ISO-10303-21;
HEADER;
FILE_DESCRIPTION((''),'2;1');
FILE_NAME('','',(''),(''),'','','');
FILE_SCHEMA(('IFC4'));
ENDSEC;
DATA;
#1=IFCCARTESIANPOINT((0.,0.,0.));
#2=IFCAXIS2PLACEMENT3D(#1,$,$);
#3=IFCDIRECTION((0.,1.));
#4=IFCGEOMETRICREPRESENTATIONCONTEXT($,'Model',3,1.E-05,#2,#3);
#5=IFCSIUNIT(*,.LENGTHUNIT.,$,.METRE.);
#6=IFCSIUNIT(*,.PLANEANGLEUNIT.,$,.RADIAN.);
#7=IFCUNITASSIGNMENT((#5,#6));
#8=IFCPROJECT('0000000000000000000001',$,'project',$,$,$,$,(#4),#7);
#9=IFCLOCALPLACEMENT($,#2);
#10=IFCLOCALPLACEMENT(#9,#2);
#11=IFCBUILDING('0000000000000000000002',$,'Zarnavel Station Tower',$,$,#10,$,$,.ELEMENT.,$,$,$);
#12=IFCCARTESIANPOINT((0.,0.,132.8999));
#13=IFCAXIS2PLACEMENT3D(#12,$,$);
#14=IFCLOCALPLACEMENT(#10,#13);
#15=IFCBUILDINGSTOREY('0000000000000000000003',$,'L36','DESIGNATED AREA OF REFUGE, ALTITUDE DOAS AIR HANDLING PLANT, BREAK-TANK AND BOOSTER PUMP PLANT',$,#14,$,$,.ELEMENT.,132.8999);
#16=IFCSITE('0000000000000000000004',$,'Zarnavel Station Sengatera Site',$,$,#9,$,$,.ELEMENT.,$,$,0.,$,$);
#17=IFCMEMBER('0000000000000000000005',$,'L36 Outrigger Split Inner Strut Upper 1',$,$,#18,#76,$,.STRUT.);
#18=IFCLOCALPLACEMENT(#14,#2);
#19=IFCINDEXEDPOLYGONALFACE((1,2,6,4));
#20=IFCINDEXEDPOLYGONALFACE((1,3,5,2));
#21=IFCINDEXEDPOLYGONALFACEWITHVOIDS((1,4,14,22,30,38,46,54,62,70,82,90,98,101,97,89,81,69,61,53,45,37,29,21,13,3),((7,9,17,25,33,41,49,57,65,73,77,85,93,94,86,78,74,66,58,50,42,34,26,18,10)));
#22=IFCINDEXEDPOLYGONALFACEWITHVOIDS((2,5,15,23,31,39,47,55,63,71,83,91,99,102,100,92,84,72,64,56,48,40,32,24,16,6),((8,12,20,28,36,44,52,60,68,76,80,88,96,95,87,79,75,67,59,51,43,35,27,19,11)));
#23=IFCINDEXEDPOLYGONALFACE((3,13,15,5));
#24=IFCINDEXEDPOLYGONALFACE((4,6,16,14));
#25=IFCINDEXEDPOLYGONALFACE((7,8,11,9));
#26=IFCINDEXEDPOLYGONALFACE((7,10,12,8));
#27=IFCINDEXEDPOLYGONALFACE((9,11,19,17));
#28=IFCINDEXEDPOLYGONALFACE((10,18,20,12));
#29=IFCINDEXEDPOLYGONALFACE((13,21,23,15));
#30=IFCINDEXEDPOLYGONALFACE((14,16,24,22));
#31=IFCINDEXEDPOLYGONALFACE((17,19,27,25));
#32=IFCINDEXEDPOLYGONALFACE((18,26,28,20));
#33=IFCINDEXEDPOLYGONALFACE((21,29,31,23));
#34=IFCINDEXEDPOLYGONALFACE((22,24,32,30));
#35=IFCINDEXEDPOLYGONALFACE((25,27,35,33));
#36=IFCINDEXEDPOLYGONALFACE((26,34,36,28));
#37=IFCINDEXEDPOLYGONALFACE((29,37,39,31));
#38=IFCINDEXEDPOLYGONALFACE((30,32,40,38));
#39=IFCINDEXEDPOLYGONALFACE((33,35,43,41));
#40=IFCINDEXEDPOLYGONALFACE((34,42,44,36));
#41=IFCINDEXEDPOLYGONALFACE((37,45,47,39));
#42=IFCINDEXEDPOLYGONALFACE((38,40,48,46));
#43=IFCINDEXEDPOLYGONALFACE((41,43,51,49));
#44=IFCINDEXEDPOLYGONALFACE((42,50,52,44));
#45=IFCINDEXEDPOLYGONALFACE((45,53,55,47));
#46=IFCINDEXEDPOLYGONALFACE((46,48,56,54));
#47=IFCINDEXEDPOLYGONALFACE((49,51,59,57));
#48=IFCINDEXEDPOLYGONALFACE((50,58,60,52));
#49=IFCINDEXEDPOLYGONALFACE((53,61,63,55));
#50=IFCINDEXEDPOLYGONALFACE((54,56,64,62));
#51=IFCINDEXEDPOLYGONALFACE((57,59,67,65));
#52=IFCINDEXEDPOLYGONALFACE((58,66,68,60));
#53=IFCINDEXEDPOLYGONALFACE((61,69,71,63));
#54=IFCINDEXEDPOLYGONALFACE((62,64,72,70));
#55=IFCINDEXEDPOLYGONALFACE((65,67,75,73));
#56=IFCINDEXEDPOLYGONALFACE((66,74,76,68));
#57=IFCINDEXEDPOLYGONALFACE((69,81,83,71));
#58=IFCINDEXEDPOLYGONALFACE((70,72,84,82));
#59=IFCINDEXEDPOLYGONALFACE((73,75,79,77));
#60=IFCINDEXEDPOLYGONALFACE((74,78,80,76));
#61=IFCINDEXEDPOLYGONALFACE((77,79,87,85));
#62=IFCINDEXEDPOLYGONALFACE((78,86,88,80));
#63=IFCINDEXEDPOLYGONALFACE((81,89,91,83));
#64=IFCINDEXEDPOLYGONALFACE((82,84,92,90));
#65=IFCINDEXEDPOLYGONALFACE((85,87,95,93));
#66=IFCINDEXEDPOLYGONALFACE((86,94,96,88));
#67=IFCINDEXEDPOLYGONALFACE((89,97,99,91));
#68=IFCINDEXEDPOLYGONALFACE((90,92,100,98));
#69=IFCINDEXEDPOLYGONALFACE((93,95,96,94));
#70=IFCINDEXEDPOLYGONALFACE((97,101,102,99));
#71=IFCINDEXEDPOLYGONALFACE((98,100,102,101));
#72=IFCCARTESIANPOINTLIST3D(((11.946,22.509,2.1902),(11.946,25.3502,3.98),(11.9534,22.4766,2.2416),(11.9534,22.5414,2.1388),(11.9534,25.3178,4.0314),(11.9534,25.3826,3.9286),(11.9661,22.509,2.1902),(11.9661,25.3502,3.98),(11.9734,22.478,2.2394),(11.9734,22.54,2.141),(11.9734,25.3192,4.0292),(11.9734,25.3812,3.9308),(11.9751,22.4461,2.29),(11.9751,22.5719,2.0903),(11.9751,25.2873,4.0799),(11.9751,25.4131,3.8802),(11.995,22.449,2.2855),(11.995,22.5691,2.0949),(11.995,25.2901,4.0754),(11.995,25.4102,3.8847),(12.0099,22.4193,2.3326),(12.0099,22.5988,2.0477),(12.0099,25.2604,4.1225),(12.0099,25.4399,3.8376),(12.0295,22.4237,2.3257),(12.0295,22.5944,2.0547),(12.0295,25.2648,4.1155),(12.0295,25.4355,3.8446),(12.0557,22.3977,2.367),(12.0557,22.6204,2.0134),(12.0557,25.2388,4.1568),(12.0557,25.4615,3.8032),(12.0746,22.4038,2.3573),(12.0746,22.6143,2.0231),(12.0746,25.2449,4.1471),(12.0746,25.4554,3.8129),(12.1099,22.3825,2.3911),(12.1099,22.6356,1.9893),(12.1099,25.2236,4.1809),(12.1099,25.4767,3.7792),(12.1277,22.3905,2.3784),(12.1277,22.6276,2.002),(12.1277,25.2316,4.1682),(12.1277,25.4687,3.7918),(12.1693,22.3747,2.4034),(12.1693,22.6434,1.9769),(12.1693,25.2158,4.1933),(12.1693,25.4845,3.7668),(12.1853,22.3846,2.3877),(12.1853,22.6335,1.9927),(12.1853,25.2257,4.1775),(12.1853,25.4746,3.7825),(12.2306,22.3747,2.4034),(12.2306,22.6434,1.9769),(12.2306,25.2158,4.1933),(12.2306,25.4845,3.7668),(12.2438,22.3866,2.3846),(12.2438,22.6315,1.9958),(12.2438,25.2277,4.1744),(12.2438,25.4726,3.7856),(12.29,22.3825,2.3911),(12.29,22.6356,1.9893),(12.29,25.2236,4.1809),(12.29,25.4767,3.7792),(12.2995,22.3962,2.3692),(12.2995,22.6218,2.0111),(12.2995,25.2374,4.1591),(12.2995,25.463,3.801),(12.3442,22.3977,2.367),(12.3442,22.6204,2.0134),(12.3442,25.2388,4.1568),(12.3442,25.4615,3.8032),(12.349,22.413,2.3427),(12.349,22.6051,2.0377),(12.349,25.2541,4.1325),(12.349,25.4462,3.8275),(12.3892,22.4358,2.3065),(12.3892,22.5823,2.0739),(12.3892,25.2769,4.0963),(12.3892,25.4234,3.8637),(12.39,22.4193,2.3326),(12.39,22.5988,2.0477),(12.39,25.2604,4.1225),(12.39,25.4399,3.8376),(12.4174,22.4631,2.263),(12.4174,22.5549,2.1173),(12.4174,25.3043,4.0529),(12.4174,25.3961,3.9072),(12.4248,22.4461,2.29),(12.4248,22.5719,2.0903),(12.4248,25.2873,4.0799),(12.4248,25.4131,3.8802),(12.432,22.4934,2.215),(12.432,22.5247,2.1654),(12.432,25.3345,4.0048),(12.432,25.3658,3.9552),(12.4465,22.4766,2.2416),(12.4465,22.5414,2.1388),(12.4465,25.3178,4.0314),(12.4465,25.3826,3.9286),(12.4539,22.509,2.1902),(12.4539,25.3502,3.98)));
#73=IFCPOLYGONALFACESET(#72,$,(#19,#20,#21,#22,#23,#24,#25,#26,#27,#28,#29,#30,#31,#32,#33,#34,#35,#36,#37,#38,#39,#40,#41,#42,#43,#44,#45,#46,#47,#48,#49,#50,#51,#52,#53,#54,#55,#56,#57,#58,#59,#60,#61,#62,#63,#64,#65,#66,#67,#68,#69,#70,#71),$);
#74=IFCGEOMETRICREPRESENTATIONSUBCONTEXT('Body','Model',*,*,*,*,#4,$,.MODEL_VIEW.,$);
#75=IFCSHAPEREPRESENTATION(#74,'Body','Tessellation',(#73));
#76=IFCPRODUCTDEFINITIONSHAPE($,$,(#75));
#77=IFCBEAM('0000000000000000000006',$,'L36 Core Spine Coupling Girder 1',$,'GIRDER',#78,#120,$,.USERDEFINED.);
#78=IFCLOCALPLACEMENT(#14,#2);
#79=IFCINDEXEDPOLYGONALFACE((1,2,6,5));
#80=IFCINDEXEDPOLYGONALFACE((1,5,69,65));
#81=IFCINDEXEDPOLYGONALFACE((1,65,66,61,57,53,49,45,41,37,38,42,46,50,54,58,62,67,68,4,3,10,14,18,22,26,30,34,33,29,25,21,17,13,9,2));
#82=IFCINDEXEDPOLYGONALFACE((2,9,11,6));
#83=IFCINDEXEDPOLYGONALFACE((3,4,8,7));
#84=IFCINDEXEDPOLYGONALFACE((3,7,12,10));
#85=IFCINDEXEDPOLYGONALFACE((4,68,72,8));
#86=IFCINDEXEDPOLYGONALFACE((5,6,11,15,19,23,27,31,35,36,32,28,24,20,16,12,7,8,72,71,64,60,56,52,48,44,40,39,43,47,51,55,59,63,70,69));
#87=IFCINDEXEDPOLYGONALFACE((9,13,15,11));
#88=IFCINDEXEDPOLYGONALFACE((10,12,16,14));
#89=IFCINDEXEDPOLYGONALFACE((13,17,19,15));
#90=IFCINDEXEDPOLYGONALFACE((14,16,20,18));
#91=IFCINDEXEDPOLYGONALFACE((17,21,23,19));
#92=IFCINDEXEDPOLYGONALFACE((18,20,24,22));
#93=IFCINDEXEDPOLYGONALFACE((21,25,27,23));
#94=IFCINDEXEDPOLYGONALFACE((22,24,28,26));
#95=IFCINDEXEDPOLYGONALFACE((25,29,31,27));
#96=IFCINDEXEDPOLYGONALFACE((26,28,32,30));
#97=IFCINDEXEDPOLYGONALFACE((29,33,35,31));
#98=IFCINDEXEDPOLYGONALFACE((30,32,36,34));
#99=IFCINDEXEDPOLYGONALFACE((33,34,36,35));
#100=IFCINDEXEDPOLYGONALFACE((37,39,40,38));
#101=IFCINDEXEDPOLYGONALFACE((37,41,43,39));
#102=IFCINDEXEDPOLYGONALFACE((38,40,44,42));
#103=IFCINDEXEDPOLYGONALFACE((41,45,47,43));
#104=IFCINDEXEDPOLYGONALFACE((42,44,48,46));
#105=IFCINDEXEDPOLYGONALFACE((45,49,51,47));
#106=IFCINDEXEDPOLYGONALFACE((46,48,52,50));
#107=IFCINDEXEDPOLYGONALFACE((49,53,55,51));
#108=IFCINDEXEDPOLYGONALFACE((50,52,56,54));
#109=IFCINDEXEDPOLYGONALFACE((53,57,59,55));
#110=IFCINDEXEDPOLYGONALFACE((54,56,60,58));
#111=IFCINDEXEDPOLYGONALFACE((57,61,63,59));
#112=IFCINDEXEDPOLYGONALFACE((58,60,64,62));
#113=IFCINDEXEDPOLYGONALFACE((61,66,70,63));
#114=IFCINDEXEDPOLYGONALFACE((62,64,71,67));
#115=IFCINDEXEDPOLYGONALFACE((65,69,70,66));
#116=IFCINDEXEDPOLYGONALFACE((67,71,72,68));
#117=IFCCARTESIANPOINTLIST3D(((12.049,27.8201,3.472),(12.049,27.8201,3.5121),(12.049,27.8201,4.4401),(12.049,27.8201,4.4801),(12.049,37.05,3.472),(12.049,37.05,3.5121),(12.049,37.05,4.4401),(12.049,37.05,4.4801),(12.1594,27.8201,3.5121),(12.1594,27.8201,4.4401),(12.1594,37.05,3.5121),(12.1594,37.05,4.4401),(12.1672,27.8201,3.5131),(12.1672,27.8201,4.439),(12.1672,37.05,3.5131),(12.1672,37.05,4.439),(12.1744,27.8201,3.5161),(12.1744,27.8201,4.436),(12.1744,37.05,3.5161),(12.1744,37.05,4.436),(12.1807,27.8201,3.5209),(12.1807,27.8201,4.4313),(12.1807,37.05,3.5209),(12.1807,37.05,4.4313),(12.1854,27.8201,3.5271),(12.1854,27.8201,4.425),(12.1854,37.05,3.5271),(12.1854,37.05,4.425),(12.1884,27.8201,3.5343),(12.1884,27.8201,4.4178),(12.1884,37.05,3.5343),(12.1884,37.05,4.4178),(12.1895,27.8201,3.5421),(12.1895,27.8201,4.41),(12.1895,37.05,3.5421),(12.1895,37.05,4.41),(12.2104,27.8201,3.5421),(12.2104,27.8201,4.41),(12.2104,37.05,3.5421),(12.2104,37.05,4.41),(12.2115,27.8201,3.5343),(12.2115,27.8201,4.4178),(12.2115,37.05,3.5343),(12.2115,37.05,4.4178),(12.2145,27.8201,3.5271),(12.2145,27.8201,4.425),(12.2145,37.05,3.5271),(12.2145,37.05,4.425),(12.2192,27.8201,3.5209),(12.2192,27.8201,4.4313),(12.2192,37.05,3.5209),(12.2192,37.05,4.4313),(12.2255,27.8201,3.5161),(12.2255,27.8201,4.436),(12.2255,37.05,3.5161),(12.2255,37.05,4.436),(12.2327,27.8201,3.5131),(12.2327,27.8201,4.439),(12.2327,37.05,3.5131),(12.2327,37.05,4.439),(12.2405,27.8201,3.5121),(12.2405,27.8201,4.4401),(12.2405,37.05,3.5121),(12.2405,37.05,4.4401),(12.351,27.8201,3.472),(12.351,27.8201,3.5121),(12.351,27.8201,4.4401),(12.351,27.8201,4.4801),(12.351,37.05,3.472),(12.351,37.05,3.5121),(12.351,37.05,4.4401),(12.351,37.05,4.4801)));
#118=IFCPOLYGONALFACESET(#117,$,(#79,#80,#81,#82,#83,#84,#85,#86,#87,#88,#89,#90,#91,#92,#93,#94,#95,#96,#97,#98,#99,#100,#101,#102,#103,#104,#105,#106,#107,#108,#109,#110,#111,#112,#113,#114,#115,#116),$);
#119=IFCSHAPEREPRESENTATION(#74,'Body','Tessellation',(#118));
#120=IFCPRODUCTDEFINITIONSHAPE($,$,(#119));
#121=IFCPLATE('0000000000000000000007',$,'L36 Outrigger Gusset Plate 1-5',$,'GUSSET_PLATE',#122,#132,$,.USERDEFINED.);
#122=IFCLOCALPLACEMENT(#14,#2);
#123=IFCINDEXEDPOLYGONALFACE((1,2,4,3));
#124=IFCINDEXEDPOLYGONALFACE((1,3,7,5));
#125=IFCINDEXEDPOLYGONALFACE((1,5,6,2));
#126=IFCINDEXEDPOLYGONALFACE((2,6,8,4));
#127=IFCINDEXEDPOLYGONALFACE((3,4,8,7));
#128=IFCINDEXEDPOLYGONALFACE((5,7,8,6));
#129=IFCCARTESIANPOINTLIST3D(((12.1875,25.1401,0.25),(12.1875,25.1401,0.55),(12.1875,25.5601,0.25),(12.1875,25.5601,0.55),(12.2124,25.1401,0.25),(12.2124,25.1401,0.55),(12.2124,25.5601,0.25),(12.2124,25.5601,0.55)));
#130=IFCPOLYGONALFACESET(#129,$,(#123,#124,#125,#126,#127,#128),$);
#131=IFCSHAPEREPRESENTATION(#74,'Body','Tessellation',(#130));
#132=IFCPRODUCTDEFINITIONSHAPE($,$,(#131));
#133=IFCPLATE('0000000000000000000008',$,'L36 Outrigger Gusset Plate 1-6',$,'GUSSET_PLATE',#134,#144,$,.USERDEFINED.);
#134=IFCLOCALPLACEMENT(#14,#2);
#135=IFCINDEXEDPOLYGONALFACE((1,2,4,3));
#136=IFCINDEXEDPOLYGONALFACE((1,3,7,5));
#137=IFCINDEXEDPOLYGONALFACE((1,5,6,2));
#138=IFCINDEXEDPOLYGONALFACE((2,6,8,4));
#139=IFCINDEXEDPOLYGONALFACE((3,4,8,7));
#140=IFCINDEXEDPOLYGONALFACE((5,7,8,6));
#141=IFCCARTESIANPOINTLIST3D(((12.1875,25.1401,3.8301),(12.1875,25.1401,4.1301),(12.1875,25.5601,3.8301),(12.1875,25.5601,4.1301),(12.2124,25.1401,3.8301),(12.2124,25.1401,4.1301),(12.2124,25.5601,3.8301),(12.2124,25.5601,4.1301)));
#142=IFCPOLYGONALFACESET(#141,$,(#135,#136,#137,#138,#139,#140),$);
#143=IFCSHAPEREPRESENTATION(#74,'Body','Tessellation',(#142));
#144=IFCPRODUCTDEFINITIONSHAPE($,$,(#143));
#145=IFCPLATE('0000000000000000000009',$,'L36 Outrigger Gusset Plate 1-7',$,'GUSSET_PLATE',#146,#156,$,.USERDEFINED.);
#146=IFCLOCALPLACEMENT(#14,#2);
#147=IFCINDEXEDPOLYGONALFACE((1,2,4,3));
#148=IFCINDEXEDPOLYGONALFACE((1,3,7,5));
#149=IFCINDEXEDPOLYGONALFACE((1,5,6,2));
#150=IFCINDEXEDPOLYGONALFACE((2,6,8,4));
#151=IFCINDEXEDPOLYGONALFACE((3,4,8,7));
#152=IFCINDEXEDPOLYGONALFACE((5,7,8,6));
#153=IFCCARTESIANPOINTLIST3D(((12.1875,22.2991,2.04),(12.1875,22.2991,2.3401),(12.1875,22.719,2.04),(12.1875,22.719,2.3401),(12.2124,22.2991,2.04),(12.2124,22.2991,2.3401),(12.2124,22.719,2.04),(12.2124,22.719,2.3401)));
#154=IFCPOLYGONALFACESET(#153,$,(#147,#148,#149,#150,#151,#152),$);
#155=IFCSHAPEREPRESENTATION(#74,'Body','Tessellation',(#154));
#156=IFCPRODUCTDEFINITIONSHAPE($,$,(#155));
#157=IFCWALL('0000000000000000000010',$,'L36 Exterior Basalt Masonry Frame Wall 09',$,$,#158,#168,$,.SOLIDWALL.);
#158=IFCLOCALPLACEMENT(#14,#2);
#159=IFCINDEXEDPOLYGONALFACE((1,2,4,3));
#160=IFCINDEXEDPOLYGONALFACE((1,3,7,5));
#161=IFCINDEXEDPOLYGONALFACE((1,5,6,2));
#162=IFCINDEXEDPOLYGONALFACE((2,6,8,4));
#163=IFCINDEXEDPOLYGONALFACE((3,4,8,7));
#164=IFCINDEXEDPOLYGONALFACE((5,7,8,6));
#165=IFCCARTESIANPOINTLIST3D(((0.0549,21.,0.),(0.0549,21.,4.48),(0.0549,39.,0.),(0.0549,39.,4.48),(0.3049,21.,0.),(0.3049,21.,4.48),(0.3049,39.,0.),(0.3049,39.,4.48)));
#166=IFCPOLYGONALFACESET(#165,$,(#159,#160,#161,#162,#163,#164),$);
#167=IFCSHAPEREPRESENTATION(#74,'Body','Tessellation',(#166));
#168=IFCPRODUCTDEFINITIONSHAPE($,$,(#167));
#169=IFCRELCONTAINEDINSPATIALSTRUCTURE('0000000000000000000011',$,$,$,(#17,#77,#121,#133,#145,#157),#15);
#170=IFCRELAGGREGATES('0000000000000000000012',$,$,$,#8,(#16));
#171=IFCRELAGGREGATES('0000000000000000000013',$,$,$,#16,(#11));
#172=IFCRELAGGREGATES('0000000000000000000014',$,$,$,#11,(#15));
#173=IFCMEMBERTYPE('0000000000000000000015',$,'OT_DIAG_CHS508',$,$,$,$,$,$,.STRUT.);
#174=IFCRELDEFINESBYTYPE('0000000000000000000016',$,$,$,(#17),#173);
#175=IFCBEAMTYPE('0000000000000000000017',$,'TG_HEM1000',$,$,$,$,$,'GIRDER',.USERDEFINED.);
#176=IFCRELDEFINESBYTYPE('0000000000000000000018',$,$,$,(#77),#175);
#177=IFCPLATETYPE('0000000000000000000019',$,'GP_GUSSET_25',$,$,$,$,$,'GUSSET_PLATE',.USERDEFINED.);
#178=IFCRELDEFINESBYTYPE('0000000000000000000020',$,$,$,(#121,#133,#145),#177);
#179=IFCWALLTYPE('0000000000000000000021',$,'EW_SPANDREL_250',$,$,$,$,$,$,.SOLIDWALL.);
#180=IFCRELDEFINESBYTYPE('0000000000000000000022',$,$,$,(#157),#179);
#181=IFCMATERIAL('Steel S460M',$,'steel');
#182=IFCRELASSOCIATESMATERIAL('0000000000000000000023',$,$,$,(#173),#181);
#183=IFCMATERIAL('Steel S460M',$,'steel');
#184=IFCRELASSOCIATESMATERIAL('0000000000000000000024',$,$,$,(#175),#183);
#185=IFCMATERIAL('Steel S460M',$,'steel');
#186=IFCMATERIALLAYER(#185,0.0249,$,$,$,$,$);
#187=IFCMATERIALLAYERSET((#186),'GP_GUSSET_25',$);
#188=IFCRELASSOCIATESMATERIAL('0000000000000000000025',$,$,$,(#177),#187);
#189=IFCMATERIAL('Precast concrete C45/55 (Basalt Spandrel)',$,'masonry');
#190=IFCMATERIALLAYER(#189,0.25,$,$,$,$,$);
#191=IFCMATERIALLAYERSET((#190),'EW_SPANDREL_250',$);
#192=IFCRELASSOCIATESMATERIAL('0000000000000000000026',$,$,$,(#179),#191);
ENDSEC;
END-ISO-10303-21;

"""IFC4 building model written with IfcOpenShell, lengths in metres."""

from ifc_helpers import new_model, si_unit, direction, frame, frame_2d, origin, origin_2d, place, context, subcontext, project, spatial, rectangle, hollow_circle, i_section, extrude, material, layer, layer_set, material_profile, profile_set, type_object, element, save


model = new_model("IFC4")

# Units and contexts
model_context = context("Model", 3, precision=1e-05, world=origin(), true_north=direction((0.0, 1.0)))
body_context = subcontext(model_context, "Body", "Model", "MODEL_VIEW")
ifc_project = project(units=[si_unit("LENGTHUNIT", "METRE"), si_unit("PLANEANGLEUNIT", "RADIAN")], contexts=[model_context])

# Site, building, storey
site_placement = place(None, origin())
site = spatial("IfcSite", under=ifc_project, at=site_placement, Name="Zarnavel Station Sengatera Site", CompositionType="ELEMENT", RefElevation=0.0)
building_placement = place(site_placement, origin())
building = spatial("IfcBuilding", under=site, at=building_placement, Name="Zarnavel Station Tower", CompositionType="ELEMENT")
storey_placement = place(building_placement, frame((0.0, 0.0, 132.8999)))
storey = spatial("IfcBuildingStorey", under=building, at=storey_placement, Name="L36", Description="DESIGNATED AREA OF REFUGE, ALTITUDE DOAS AIR HANDLING PLANT, BREAK-TANK AND BOOSTER PUMP PLANT", CompositionType="ELEMENT", Elevation=132.8999)

# Member
ifc_material_1 = material(Name="Steel S460M", Category="steel")
ifc_material_profile_1 = material_profile(ifc_material_1, hollow_circle(Radius=0.2539, WallThickness=0.02, at=origin_2d()), Name="CHS508x20")
ifc_profile_set_1 = profile_set([ifc_material_profile_1], Name="Steel S460M")
member_type = type_object("IfcMemberType", Name="OT_DIAG_CHS508", PredefinedType="STRUT", material=ifc_profile_set_1)
member_1_placement = place(storey_placement, frame((12.2, 22.509, 2.1902), z_axis=(0.0, 0.846102, 0.533022), x_axis=(-1.0, 0.0, 0.0)))
element("IfcMember", 1, at=member_1_placement, inside=storey, type_object=member_type, Name="L36 Outrigger Split Inner Strut Upper 1", PredefinedType="STRUT", context=body_context, shape_type="SweptSolid", body=[
    extrude(hollow_circle(Radius=0.2539, WallThickness=0.02, at=origin_2d()), origin(), (0.0, 0.0, 1.0), 3.3579),
])

# Beam
ifc_material_2 = material(Name="Steel S460M", Category="steel")
ifc_material_profile_2 = material_profile(ifc_material_2, i_section(OverallWidth=0.302, OverallDepth=1.0081, WebThickness=0.021, FlangeThickness=0.04, FilletRadius=0.03, at=origin_2d()), Name="HEM1000")
ifc_profile_set_2 = profile_set([ifc_material_profile_2], Name="Steel S460M")
beam_type_1 = type_object("IfcBeamType", Name="TG_HEM1000", ElementType="GIRDER", PredefinedType="USERDEFINED", material=ifc_profile_set_2)
beam_1_placement = place(storey_placement, frame((12.2, 27.8201, 3.9761), z_axis=(0.0, 1.0, 0.0), x_axis=(-1.0, 0.0, 0.0)))
element("IfcBeam", 2, at=beam_1_placement, inside=storey, type_object=beam_type_1, Name="L36 Core Spine Coupling Girder 1", ObjectType="GIRDER", PredefinedType="USERDEFINED", context=body_context, shape_type="SweptSolid", body=[
    extrude(i_section(OverallWidth=0.302, OverallDepth=1.0081, WebThickness=0.021, FlangeThickness=0.04, FilletRadius=0.03, at=origin_2d()), origin(), (0.0, 0.0, 1.0), 9.23),
])

# Plates
ifc_material_3 = material(Name="Steel S460M", Category="steel")
ifc_layer_1 = layer(ifc_material_3, 0.0249)
ifc_layer_set_1 = layer_set([ifc_layer_1], Name="GP_GUSSET_25")
plate_type = type_object("IfcPlateType", Name="GP_GUSSET_25", ElementType="GUSSET_PLATE", PredefinedType="USERDEFINED", material=ifc_layer_set_1)
for number, where, z_axis, x_axis, name in (
    (3, (12.2, 25.3501, 0.25), (0.0, 0.0, 1.0), (1.0, 0.0, 0.0), "L36 Outrigger Gusset Plate 1-5"),
    (4, (12.2, 25.3501, 3.8301), (0.0, 0.0, 1.0), (1.0, 0.0, 0.0), "L36 Outrigger Gusset Plate 1-6"),
    (5, (12.2, 22.509, 2.04), (0.0, 0.0, 1.0), (1.0, 0.0, 0.0), "L36 Outrigger Gusset Plate 1-7"),
):
    element("IfcPlate", number, at=place(storey_placement, frame(where, z_axis=z_axis, x_axis=x_axis)), inside=storey, type_object=plate_type, Name=name, ObjectType="GUSSET_PLATE", PredefinedType="USERDEFINED", context=body_context, shape_type="SweptSolid", body=[
        extrude(rectangle(XDim=0.0249, YDim=0.4199, at=origin_2d()), origin(), (0.0, 0.0, 1.0), 0.3),
    ])

# Wall
ifc_material_4 = material(Name="Precast concrete C45/55 (Basalt Spandrel)", Category="masonry")
ifc_layer_2 = layer(ifc_material_4, 0.25)
ifc_layer_set_2 = layer_set([ifc_layer_2], Name="EW_SPANDREL_250")
wall_type_1 = type_object("IfcWallType", Name="EW_SPANDREL_250", PredefinedType="SOLIDWALL", material=ifc_layer_set_2)
wall_1_placement = place(storey_placement, frame((0.1799, 21.0, 0.0), z_axis=(0.0, 0.0, 1.0), x_axis=(0.0, 1.0, 0.0)))
element("IfcWall", 6, at=wall_1_placement, inside=storey, type_object=wall_type_1, Name="L36 Exterior Basalt Masonry Frame Wall 09", PredefinedType="SOLIDWALL", context=body_context, shape_type="SweptSolid", body=[
    extrude(rectangle(XDim=18.0, YDim=0.25, at=frame_2d((9.0, 0.0))), origin(), (0.0, 0.0, 1.0), 4.48),
])

save(model, "model.ifc")
